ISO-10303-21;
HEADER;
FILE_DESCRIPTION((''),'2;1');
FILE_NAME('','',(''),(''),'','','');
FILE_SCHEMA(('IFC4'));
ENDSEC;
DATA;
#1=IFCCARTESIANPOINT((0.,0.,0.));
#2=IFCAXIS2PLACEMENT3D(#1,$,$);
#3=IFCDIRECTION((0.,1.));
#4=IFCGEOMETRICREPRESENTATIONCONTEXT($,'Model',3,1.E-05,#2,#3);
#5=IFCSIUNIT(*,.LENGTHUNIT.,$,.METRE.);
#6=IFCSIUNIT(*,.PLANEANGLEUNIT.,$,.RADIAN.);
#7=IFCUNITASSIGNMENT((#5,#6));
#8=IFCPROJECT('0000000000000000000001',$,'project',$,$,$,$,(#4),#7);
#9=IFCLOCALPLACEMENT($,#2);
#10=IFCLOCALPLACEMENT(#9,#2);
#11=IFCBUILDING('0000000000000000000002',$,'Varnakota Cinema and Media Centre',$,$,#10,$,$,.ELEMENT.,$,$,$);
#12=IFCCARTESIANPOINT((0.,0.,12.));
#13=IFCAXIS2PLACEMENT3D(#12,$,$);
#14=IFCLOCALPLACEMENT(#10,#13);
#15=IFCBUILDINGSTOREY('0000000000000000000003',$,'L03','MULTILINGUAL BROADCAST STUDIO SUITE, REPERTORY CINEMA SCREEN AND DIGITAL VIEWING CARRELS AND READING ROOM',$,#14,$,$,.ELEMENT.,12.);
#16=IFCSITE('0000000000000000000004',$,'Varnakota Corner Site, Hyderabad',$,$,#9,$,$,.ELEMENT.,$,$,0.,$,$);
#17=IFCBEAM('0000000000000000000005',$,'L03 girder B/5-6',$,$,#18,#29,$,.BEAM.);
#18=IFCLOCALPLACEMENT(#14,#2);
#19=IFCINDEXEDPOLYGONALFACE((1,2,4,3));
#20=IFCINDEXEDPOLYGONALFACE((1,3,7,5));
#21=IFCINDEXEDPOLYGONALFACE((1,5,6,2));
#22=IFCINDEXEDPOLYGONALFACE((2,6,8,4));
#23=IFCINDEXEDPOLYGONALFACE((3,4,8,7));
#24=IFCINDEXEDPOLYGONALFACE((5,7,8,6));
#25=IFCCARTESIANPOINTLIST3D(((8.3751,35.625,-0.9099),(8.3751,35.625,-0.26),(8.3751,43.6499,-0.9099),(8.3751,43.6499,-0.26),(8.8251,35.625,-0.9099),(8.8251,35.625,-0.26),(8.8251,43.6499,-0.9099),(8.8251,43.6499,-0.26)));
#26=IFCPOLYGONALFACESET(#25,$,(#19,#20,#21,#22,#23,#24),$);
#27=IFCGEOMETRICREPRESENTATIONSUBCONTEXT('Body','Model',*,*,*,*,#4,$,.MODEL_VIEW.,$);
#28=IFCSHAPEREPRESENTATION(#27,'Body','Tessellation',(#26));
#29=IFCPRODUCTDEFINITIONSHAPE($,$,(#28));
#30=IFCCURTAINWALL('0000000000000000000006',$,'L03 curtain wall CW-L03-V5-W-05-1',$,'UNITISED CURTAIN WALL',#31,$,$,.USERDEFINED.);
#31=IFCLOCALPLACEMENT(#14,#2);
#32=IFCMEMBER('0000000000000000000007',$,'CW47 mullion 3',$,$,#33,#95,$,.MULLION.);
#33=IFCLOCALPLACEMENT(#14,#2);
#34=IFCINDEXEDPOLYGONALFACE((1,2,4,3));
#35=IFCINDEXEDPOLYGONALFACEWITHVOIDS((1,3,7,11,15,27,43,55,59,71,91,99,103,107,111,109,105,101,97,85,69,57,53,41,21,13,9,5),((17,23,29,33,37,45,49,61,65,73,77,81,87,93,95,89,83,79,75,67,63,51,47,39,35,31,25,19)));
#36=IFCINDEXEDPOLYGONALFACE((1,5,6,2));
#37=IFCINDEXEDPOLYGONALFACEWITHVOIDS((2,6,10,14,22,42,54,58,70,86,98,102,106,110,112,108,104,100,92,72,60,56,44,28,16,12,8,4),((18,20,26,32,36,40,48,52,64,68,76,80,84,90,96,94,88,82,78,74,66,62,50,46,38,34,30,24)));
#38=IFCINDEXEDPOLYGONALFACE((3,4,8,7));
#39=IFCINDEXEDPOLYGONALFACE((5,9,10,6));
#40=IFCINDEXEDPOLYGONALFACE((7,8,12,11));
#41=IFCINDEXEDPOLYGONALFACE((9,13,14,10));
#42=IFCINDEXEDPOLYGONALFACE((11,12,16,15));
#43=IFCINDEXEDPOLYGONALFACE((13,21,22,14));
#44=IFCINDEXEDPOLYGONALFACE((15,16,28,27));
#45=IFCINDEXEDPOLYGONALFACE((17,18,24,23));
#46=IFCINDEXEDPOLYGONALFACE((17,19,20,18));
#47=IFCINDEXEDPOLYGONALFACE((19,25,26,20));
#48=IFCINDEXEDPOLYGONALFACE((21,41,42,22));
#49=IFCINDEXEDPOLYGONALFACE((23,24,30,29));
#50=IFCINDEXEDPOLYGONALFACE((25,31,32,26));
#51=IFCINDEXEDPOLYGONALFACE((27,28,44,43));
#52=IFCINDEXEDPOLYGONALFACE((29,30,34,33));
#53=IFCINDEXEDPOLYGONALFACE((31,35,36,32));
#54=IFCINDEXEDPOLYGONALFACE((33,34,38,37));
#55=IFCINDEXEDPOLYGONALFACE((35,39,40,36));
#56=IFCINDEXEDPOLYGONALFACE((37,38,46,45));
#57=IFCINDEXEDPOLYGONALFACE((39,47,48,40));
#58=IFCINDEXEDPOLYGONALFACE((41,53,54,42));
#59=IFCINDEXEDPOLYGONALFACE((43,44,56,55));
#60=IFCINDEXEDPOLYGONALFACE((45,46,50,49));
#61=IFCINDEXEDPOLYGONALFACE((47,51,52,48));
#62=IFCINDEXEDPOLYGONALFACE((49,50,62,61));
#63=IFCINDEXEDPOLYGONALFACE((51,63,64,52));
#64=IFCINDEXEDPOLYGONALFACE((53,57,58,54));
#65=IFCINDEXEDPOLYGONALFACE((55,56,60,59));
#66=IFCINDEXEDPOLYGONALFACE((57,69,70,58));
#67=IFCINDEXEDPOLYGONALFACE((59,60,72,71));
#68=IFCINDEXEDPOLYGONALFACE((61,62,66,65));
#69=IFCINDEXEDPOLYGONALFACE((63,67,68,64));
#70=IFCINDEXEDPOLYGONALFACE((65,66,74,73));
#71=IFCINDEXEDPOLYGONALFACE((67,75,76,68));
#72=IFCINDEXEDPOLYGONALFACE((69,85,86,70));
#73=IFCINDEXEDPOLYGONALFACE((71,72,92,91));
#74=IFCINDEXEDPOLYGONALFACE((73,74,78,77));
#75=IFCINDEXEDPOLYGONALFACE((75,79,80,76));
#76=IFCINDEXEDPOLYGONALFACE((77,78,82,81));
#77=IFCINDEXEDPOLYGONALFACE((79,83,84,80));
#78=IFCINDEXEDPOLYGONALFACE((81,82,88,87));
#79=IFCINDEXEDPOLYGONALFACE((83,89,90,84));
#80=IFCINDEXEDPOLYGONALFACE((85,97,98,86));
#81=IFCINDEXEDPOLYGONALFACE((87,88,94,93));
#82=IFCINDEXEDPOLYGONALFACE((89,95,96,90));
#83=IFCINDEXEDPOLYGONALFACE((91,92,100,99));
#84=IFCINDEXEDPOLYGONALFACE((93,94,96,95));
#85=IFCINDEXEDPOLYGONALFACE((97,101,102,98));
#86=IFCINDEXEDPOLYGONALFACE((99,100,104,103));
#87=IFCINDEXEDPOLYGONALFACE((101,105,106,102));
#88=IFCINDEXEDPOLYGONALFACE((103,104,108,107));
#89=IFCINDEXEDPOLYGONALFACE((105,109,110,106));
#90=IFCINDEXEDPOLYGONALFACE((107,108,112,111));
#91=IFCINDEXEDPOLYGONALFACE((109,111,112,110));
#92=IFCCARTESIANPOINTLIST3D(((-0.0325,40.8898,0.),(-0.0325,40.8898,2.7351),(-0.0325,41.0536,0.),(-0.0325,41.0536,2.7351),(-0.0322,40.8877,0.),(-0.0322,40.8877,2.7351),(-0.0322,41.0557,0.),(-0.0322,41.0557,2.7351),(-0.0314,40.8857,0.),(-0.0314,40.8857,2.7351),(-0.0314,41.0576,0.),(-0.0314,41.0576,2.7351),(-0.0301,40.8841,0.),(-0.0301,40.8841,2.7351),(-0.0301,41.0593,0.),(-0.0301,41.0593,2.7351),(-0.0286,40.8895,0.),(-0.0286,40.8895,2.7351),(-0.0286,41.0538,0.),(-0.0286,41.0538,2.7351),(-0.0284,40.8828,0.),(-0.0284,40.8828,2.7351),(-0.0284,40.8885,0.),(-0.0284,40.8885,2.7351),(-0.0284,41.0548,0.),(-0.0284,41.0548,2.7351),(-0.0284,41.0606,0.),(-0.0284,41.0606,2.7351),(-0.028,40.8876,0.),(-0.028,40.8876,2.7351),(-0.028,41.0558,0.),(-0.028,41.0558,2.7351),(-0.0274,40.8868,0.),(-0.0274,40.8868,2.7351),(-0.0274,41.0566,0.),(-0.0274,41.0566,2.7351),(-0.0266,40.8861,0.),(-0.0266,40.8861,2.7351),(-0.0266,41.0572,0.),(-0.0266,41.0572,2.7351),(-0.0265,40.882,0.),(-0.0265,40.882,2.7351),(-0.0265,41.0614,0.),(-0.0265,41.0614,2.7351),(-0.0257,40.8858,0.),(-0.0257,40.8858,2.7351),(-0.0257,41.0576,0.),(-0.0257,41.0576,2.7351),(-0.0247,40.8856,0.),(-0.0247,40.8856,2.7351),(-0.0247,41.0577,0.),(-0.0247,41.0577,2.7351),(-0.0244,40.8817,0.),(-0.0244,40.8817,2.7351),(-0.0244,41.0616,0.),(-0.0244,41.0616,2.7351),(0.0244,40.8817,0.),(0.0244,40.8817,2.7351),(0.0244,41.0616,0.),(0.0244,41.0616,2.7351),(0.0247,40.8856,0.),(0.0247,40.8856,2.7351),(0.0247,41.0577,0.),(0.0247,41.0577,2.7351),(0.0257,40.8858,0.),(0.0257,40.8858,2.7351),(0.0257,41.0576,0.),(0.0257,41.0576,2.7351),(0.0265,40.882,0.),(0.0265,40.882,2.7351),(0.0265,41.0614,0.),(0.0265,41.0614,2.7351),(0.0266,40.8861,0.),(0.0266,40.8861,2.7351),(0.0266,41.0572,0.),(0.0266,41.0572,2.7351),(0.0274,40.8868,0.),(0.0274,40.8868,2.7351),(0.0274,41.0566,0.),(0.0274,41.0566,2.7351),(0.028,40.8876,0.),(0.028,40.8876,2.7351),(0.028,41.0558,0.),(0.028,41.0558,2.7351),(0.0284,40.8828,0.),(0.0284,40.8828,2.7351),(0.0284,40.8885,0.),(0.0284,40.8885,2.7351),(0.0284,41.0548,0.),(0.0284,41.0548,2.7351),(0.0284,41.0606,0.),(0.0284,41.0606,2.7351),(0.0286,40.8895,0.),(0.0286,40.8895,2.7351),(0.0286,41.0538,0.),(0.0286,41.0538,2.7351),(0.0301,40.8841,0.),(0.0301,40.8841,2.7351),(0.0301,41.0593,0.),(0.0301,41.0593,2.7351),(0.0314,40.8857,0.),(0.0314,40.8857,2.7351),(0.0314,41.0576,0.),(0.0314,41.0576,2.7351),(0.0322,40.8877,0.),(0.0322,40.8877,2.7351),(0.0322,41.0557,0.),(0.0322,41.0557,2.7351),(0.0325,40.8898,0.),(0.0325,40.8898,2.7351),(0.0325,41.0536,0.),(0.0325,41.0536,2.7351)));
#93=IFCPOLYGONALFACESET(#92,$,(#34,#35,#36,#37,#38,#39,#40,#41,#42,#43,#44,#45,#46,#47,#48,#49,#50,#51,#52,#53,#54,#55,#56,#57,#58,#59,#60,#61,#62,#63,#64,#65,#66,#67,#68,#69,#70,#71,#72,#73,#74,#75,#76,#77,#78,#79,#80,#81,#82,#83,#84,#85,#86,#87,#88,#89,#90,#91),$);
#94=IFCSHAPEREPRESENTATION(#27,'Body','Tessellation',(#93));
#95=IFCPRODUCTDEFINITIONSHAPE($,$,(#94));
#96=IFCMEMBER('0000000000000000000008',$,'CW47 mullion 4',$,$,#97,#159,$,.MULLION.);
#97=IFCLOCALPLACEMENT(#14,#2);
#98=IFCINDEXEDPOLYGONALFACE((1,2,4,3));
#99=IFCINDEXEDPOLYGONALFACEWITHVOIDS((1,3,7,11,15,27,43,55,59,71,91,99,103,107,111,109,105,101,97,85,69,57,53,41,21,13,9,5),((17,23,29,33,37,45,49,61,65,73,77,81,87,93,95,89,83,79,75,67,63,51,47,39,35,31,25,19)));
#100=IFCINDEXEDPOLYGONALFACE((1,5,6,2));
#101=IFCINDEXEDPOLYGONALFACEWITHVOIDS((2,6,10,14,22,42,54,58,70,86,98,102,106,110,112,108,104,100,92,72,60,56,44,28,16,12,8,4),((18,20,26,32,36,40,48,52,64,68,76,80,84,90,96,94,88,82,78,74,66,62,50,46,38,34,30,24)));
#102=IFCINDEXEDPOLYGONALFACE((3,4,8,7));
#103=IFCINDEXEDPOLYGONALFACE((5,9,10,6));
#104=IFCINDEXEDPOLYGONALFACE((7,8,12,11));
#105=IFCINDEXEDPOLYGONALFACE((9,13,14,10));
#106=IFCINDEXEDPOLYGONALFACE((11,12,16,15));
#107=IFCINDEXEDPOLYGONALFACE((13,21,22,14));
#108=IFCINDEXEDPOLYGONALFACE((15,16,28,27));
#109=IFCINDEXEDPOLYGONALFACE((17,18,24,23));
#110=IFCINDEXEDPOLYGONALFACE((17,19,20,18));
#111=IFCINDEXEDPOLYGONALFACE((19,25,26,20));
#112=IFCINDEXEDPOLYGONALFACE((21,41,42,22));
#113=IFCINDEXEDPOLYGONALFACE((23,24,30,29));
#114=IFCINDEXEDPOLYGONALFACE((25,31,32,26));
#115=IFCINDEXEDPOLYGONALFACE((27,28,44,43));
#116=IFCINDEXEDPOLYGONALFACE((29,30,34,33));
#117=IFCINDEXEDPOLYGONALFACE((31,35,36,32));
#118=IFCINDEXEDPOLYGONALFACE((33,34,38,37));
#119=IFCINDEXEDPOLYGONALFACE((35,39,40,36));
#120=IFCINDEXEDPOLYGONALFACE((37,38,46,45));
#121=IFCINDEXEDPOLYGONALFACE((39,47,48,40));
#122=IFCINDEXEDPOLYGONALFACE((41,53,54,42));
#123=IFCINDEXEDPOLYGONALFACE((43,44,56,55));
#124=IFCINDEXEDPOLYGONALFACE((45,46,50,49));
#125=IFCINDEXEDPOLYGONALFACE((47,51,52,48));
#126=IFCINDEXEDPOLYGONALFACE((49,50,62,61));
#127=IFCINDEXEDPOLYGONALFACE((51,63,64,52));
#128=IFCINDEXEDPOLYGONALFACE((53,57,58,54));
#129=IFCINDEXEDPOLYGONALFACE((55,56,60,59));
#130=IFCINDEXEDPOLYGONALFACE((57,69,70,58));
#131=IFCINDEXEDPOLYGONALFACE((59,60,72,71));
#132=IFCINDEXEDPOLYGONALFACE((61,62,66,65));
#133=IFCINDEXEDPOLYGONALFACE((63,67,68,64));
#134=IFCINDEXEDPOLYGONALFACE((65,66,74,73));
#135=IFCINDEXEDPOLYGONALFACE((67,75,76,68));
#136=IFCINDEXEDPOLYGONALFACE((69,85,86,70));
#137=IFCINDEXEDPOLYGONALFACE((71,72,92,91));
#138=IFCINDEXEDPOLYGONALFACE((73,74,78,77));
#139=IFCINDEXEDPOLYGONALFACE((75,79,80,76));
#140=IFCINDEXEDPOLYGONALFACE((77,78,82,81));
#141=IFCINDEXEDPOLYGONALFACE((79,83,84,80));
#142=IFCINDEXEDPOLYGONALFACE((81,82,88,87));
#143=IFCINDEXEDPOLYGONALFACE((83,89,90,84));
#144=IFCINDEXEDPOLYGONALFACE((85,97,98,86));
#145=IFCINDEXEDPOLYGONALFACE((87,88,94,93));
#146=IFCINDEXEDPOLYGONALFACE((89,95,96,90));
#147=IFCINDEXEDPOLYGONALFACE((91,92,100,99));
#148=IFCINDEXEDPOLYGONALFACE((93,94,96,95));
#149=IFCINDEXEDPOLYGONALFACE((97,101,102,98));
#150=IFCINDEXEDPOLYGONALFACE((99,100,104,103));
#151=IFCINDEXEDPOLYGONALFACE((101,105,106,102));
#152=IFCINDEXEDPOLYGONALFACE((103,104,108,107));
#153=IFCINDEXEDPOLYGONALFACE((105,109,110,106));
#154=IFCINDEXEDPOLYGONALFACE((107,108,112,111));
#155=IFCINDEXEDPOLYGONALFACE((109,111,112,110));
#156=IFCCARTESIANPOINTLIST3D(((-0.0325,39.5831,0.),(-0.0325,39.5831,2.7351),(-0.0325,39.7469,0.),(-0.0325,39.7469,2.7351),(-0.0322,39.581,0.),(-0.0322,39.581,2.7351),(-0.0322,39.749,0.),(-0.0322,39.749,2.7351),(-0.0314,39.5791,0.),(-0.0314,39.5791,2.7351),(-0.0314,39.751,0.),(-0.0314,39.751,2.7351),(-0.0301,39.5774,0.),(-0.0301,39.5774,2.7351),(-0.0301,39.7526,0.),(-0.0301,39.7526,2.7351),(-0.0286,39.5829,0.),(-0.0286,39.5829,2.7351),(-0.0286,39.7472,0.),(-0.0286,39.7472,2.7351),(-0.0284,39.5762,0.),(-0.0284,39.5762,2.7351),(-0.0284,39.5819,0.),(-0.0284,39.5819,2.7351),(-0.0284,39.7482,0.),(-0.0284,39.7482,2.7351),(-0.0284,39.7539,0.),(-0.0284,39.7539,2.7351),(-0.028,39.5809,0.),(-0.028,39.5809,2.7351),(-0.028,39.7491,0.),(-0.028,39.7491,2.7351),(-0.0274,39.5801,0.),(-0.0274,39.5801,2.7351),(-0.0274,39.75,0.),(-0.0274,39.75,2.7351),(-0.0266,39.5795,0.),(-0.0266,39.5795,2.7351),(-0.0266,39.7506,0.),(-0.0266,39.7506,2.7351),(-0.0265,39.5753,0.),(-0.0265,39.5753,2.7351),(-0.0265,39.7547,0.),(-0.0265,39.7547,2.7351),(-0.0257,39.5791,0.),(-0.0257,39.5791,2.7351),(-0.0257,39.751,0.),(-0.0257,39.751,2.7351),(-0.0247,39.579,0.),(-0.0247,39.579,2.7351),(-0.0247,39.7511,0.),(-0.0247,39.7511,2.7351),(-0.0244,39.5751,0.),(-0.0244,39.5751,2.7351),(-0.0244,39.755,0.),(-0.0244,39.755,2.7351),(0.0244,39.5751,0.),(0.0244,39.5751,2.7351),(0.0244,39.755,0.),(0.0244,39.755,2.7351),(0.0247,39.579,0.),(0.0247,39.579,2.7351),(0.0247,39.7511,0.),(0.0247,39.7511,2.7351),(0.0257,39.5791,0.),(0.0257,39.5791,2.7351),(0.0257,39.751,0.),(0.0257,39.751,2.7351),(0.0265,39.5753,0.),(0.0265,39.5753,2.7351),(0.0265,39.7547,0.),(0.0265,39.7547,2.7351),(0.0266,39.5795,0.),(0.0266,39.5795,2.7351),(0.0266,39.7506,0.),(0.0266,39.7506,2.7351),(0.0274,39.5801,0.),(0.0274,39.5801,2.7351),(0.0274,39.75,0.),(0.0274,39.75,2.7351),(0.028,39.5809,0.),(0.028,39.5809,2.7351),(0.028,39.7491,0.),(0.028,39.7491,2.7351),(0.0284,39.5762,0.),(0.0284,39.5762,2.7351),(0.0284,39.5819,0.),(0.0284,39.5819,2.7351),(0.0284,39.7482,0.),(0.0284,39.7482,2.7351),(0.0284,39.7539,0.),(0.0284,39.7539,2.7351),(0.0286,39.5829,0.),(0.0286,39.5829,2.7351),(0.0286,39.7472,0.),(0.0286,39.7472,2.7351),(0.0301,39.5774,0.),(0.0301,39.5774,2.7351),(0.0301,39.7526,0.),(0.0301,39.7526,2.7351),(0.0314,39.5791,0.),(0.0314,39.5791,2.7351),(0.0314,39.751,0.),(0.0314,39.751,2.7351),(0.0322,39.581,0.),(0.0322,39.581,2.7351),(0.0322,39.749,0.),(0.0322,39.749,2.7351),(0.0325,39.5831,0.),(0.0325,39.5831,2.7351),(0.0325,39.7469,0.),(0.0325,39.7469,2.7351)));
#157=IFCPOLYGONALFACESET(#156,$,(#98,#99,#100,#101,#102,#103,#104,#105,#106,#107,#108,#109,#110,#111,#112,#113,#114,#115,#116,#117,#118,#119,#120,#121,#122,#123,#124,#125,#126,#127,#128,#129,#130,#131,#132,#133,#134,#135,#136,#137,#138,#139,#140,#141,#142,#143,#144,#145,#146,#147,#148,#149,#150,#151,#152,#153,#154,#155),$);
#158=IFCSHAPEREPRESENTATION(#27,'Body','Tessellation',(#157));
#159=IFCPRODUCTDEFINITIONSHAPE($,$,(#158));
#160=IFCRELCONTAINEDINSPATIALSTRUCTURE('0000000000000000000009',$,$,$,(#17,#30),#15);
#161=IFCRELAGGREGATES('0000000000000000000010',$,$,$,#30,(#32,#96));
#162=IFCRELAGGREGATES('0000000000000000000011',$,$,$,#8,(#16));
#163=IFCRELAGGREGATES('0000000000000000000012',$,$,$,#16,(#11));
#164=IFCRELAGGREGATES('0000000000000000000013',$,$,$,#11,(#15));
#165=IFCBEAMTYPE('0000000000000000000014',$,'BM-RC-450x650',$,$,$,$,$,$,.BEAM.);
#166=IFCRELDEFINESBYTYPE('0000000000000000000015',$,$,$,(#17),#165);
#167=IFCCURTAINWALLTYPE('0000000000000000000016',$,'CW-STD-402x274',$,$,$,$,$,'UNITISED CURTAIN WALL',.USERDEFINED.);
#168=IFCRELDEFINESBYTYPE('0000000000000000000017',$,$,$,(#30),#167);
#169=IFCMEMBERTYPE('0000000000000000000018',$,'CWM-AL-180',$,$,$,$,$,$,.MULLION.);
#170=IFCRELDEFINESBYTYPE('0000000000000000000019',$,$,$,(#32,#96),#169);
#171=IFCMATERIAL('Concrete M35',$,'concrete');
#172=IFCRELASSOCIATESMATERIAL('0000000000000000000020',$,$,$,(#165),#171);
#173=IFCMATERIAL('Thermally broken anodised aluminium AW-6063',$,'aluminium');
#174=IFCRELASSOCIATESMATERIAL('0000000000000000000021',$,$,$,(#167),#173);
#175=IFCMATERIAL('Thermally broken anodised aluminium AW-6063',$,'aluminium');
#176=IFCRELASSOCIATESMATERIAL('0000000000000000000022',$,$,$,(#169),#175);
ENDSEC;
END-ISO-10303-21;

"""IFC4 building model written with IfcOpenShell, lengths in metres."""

from ifc_helpers import new_model, si_unit, direction, frame, origin, origin_2d, place, context, subcontext, project, spatial, rectangle, hollow_rectangle, extrude, material, material_profile, profile_set, type_object, element, aggregate, save


model = new_model("IFC4")

# Units and contexts
model_context = context("Model", 3, precision=1e-05, world=origin(), true_north=direction((0.0, 1.0)))
body_context = subcontext(model_context, "Body", "Model", "MODEL_VIEW")
ifc_project = project(units=[si_unit("LENGTHUNIT", "METRE"), si_unit("PLANEANGLEUNIT", "RADIAN")], contexts=[model_context])

# Site, building, storey
site_placement = place(None, origin())
site = spatial("IfcSite", under=ifc_project, at=site_placement, Name="Varnakota Corner Site, Hyderabad", CompositionType="ELEMENT", RefElevation=0.0)
building_placement = place(site_placement, origin())
building = spatial("IfcBuilding", under=site, at=building_placement, Name="Varnakota Cinema and Media Centre", CompositionType="ELEMENT")
storey_placement = place(building_placement, frame((0.0, 0.0, 12.0)))
storey = spatial("IfcBuildingStorey", under=building, at=storey_placement, Name="L03", Description="MULTILINGUAL BROADCAST STUDIO SUITE, REPERTORY CINEMA SCREEN AND DIGITAL VIEWING CARRELS AND READING ROOM", CompositionType="ELEMENT", Elevation=12.0)

# Beam
ifc_material_1 = material(Name="Concrete M35", Category="concrete")
ifc_material_profile_1 = material_profile(ifc_material_1, rectangle(XDim=0.45, YDim=0.6499, at=origin_2d()), Name="RCB 450x650")
ifc_profile_set_1 = profile_set([ifc_material_profile_1], Name="Concrete M35")
beam_type = type_object("IfcBeamType", Name="BM-RC-450x650", PredefinedType="BEAM", material=ifc_profile_set_1)
beam_placement = place(storey_placement, frame((8.6001, 35.625, -0.585), z_axis=(0.0, 1.0, 0.0), x_axis=(-1.0, 0.0, 0.0)))
element("IfcBeam", 1, at=beam_placement, inside=storey, type_object=beam_type, Name="L03 girder B/5-6", PredefinedType="BEAM", context=body_context, shape_type="SweptSolid", body=[
    extrude(rectangle(XDim=0.45, YDim=0.6499, at=origin_2d()), origin(), (0.0, 0.0, 1.0), 8.0249),
])

# Curtain wall, members
ifc_material_2 = material(Name="Thermally broken anodised aluminium AW-6063", Category="aluminium")
curtain_wall_type = type_object("IfcCurtainWallType", Name="CW-STD-402x274", ElementType="UNITISED CURTAIN WALL", PredefinedType="USERDEFINED", material=ifc_material_2)
curtain_wall_1_placement = place(storey_placement, origin())
curtain_wall_1 = element("IfcCurtainWall", 2, at=curtain_wall_1_placement, inside=storey, type_object=curtain_wall_type, Name="L03 curtain wall CW-L03-V5-W-05-1", ObjectType="UNITISED CURTAIN WALL", PredefinedType="USERDEFINED")
ifc_material_3 = material(Name="Thermally broken anodised aluminium AW-6063", Category="aluminium")
ifc_material_profile_2 = material_profile(ifc_material_3, hollow_rectangle(XDim=0.0649, YDim=0.1799, WallThickness=0.0039, InnerFilletRadius=0.0039, OuterFilletRadius=0.0081, at=origin_2d()), Name="AL-MULLION 180x65x4")
ifc_profile_set_2 = profile_set([ifc_material_profile_2], Name="Thermally broken anodised aluminium AW-6063")
member_type_1 = type_object("IfcMemberType", Name="CWM-AL-180", PredefinedType="MULLION", material=ifc_profile_set_2)
member_1_placement = place(storey_placement, frame((0.0, 40.9717, 0.0), z_axis=(0.0, 0.0, 1.0), x_axis=(1.0, 0.0, 0.0)))
member_1 = element("IfcMember", 3, at=member_1_placement, type_object=member_type_1, Name="CW47 mullion 3", PredefinedType="MULLION", context=body_context, shape_type="SweptSolid", body=[
    extrude(hollow_rectangle(XDim=0.0649, YDim=0.1799, WallThickness=0.0039, InnerFilletRadius=0.0039, OuterFilletRadius=0.0081, at=origin_2d()), origin(), (0.0, 0.0, 1.0), 2.7351),
])
member_2_placement = place(storey_placement, frame((0.0, 39.665, 0.0), z_axis=(0.0, 0.0, 1.0), x_axis=(1.0, 0.0, 0.0)))
member_2 = element("IfcMember", 4, at=member_2_placement, type_object=member_type_1, Name="CW47 mullion 4", PredefinedType="MULLION", context=body_context, shape_type="SweptSolid", body=[
    extrude(hollow_rectangle(XDim=0.0649, YDim=0.1799, WallThickness=0.0039, InnerFilletRadius=0.0039, OuterFilletRadius=0.0081, at=origin_2d()), origin(), (0.0, 0.0, 1.0), 2.7351),
])

aggregate(curtain_wall_1, [member_1, member_2])

save(model, "model.ifc")
